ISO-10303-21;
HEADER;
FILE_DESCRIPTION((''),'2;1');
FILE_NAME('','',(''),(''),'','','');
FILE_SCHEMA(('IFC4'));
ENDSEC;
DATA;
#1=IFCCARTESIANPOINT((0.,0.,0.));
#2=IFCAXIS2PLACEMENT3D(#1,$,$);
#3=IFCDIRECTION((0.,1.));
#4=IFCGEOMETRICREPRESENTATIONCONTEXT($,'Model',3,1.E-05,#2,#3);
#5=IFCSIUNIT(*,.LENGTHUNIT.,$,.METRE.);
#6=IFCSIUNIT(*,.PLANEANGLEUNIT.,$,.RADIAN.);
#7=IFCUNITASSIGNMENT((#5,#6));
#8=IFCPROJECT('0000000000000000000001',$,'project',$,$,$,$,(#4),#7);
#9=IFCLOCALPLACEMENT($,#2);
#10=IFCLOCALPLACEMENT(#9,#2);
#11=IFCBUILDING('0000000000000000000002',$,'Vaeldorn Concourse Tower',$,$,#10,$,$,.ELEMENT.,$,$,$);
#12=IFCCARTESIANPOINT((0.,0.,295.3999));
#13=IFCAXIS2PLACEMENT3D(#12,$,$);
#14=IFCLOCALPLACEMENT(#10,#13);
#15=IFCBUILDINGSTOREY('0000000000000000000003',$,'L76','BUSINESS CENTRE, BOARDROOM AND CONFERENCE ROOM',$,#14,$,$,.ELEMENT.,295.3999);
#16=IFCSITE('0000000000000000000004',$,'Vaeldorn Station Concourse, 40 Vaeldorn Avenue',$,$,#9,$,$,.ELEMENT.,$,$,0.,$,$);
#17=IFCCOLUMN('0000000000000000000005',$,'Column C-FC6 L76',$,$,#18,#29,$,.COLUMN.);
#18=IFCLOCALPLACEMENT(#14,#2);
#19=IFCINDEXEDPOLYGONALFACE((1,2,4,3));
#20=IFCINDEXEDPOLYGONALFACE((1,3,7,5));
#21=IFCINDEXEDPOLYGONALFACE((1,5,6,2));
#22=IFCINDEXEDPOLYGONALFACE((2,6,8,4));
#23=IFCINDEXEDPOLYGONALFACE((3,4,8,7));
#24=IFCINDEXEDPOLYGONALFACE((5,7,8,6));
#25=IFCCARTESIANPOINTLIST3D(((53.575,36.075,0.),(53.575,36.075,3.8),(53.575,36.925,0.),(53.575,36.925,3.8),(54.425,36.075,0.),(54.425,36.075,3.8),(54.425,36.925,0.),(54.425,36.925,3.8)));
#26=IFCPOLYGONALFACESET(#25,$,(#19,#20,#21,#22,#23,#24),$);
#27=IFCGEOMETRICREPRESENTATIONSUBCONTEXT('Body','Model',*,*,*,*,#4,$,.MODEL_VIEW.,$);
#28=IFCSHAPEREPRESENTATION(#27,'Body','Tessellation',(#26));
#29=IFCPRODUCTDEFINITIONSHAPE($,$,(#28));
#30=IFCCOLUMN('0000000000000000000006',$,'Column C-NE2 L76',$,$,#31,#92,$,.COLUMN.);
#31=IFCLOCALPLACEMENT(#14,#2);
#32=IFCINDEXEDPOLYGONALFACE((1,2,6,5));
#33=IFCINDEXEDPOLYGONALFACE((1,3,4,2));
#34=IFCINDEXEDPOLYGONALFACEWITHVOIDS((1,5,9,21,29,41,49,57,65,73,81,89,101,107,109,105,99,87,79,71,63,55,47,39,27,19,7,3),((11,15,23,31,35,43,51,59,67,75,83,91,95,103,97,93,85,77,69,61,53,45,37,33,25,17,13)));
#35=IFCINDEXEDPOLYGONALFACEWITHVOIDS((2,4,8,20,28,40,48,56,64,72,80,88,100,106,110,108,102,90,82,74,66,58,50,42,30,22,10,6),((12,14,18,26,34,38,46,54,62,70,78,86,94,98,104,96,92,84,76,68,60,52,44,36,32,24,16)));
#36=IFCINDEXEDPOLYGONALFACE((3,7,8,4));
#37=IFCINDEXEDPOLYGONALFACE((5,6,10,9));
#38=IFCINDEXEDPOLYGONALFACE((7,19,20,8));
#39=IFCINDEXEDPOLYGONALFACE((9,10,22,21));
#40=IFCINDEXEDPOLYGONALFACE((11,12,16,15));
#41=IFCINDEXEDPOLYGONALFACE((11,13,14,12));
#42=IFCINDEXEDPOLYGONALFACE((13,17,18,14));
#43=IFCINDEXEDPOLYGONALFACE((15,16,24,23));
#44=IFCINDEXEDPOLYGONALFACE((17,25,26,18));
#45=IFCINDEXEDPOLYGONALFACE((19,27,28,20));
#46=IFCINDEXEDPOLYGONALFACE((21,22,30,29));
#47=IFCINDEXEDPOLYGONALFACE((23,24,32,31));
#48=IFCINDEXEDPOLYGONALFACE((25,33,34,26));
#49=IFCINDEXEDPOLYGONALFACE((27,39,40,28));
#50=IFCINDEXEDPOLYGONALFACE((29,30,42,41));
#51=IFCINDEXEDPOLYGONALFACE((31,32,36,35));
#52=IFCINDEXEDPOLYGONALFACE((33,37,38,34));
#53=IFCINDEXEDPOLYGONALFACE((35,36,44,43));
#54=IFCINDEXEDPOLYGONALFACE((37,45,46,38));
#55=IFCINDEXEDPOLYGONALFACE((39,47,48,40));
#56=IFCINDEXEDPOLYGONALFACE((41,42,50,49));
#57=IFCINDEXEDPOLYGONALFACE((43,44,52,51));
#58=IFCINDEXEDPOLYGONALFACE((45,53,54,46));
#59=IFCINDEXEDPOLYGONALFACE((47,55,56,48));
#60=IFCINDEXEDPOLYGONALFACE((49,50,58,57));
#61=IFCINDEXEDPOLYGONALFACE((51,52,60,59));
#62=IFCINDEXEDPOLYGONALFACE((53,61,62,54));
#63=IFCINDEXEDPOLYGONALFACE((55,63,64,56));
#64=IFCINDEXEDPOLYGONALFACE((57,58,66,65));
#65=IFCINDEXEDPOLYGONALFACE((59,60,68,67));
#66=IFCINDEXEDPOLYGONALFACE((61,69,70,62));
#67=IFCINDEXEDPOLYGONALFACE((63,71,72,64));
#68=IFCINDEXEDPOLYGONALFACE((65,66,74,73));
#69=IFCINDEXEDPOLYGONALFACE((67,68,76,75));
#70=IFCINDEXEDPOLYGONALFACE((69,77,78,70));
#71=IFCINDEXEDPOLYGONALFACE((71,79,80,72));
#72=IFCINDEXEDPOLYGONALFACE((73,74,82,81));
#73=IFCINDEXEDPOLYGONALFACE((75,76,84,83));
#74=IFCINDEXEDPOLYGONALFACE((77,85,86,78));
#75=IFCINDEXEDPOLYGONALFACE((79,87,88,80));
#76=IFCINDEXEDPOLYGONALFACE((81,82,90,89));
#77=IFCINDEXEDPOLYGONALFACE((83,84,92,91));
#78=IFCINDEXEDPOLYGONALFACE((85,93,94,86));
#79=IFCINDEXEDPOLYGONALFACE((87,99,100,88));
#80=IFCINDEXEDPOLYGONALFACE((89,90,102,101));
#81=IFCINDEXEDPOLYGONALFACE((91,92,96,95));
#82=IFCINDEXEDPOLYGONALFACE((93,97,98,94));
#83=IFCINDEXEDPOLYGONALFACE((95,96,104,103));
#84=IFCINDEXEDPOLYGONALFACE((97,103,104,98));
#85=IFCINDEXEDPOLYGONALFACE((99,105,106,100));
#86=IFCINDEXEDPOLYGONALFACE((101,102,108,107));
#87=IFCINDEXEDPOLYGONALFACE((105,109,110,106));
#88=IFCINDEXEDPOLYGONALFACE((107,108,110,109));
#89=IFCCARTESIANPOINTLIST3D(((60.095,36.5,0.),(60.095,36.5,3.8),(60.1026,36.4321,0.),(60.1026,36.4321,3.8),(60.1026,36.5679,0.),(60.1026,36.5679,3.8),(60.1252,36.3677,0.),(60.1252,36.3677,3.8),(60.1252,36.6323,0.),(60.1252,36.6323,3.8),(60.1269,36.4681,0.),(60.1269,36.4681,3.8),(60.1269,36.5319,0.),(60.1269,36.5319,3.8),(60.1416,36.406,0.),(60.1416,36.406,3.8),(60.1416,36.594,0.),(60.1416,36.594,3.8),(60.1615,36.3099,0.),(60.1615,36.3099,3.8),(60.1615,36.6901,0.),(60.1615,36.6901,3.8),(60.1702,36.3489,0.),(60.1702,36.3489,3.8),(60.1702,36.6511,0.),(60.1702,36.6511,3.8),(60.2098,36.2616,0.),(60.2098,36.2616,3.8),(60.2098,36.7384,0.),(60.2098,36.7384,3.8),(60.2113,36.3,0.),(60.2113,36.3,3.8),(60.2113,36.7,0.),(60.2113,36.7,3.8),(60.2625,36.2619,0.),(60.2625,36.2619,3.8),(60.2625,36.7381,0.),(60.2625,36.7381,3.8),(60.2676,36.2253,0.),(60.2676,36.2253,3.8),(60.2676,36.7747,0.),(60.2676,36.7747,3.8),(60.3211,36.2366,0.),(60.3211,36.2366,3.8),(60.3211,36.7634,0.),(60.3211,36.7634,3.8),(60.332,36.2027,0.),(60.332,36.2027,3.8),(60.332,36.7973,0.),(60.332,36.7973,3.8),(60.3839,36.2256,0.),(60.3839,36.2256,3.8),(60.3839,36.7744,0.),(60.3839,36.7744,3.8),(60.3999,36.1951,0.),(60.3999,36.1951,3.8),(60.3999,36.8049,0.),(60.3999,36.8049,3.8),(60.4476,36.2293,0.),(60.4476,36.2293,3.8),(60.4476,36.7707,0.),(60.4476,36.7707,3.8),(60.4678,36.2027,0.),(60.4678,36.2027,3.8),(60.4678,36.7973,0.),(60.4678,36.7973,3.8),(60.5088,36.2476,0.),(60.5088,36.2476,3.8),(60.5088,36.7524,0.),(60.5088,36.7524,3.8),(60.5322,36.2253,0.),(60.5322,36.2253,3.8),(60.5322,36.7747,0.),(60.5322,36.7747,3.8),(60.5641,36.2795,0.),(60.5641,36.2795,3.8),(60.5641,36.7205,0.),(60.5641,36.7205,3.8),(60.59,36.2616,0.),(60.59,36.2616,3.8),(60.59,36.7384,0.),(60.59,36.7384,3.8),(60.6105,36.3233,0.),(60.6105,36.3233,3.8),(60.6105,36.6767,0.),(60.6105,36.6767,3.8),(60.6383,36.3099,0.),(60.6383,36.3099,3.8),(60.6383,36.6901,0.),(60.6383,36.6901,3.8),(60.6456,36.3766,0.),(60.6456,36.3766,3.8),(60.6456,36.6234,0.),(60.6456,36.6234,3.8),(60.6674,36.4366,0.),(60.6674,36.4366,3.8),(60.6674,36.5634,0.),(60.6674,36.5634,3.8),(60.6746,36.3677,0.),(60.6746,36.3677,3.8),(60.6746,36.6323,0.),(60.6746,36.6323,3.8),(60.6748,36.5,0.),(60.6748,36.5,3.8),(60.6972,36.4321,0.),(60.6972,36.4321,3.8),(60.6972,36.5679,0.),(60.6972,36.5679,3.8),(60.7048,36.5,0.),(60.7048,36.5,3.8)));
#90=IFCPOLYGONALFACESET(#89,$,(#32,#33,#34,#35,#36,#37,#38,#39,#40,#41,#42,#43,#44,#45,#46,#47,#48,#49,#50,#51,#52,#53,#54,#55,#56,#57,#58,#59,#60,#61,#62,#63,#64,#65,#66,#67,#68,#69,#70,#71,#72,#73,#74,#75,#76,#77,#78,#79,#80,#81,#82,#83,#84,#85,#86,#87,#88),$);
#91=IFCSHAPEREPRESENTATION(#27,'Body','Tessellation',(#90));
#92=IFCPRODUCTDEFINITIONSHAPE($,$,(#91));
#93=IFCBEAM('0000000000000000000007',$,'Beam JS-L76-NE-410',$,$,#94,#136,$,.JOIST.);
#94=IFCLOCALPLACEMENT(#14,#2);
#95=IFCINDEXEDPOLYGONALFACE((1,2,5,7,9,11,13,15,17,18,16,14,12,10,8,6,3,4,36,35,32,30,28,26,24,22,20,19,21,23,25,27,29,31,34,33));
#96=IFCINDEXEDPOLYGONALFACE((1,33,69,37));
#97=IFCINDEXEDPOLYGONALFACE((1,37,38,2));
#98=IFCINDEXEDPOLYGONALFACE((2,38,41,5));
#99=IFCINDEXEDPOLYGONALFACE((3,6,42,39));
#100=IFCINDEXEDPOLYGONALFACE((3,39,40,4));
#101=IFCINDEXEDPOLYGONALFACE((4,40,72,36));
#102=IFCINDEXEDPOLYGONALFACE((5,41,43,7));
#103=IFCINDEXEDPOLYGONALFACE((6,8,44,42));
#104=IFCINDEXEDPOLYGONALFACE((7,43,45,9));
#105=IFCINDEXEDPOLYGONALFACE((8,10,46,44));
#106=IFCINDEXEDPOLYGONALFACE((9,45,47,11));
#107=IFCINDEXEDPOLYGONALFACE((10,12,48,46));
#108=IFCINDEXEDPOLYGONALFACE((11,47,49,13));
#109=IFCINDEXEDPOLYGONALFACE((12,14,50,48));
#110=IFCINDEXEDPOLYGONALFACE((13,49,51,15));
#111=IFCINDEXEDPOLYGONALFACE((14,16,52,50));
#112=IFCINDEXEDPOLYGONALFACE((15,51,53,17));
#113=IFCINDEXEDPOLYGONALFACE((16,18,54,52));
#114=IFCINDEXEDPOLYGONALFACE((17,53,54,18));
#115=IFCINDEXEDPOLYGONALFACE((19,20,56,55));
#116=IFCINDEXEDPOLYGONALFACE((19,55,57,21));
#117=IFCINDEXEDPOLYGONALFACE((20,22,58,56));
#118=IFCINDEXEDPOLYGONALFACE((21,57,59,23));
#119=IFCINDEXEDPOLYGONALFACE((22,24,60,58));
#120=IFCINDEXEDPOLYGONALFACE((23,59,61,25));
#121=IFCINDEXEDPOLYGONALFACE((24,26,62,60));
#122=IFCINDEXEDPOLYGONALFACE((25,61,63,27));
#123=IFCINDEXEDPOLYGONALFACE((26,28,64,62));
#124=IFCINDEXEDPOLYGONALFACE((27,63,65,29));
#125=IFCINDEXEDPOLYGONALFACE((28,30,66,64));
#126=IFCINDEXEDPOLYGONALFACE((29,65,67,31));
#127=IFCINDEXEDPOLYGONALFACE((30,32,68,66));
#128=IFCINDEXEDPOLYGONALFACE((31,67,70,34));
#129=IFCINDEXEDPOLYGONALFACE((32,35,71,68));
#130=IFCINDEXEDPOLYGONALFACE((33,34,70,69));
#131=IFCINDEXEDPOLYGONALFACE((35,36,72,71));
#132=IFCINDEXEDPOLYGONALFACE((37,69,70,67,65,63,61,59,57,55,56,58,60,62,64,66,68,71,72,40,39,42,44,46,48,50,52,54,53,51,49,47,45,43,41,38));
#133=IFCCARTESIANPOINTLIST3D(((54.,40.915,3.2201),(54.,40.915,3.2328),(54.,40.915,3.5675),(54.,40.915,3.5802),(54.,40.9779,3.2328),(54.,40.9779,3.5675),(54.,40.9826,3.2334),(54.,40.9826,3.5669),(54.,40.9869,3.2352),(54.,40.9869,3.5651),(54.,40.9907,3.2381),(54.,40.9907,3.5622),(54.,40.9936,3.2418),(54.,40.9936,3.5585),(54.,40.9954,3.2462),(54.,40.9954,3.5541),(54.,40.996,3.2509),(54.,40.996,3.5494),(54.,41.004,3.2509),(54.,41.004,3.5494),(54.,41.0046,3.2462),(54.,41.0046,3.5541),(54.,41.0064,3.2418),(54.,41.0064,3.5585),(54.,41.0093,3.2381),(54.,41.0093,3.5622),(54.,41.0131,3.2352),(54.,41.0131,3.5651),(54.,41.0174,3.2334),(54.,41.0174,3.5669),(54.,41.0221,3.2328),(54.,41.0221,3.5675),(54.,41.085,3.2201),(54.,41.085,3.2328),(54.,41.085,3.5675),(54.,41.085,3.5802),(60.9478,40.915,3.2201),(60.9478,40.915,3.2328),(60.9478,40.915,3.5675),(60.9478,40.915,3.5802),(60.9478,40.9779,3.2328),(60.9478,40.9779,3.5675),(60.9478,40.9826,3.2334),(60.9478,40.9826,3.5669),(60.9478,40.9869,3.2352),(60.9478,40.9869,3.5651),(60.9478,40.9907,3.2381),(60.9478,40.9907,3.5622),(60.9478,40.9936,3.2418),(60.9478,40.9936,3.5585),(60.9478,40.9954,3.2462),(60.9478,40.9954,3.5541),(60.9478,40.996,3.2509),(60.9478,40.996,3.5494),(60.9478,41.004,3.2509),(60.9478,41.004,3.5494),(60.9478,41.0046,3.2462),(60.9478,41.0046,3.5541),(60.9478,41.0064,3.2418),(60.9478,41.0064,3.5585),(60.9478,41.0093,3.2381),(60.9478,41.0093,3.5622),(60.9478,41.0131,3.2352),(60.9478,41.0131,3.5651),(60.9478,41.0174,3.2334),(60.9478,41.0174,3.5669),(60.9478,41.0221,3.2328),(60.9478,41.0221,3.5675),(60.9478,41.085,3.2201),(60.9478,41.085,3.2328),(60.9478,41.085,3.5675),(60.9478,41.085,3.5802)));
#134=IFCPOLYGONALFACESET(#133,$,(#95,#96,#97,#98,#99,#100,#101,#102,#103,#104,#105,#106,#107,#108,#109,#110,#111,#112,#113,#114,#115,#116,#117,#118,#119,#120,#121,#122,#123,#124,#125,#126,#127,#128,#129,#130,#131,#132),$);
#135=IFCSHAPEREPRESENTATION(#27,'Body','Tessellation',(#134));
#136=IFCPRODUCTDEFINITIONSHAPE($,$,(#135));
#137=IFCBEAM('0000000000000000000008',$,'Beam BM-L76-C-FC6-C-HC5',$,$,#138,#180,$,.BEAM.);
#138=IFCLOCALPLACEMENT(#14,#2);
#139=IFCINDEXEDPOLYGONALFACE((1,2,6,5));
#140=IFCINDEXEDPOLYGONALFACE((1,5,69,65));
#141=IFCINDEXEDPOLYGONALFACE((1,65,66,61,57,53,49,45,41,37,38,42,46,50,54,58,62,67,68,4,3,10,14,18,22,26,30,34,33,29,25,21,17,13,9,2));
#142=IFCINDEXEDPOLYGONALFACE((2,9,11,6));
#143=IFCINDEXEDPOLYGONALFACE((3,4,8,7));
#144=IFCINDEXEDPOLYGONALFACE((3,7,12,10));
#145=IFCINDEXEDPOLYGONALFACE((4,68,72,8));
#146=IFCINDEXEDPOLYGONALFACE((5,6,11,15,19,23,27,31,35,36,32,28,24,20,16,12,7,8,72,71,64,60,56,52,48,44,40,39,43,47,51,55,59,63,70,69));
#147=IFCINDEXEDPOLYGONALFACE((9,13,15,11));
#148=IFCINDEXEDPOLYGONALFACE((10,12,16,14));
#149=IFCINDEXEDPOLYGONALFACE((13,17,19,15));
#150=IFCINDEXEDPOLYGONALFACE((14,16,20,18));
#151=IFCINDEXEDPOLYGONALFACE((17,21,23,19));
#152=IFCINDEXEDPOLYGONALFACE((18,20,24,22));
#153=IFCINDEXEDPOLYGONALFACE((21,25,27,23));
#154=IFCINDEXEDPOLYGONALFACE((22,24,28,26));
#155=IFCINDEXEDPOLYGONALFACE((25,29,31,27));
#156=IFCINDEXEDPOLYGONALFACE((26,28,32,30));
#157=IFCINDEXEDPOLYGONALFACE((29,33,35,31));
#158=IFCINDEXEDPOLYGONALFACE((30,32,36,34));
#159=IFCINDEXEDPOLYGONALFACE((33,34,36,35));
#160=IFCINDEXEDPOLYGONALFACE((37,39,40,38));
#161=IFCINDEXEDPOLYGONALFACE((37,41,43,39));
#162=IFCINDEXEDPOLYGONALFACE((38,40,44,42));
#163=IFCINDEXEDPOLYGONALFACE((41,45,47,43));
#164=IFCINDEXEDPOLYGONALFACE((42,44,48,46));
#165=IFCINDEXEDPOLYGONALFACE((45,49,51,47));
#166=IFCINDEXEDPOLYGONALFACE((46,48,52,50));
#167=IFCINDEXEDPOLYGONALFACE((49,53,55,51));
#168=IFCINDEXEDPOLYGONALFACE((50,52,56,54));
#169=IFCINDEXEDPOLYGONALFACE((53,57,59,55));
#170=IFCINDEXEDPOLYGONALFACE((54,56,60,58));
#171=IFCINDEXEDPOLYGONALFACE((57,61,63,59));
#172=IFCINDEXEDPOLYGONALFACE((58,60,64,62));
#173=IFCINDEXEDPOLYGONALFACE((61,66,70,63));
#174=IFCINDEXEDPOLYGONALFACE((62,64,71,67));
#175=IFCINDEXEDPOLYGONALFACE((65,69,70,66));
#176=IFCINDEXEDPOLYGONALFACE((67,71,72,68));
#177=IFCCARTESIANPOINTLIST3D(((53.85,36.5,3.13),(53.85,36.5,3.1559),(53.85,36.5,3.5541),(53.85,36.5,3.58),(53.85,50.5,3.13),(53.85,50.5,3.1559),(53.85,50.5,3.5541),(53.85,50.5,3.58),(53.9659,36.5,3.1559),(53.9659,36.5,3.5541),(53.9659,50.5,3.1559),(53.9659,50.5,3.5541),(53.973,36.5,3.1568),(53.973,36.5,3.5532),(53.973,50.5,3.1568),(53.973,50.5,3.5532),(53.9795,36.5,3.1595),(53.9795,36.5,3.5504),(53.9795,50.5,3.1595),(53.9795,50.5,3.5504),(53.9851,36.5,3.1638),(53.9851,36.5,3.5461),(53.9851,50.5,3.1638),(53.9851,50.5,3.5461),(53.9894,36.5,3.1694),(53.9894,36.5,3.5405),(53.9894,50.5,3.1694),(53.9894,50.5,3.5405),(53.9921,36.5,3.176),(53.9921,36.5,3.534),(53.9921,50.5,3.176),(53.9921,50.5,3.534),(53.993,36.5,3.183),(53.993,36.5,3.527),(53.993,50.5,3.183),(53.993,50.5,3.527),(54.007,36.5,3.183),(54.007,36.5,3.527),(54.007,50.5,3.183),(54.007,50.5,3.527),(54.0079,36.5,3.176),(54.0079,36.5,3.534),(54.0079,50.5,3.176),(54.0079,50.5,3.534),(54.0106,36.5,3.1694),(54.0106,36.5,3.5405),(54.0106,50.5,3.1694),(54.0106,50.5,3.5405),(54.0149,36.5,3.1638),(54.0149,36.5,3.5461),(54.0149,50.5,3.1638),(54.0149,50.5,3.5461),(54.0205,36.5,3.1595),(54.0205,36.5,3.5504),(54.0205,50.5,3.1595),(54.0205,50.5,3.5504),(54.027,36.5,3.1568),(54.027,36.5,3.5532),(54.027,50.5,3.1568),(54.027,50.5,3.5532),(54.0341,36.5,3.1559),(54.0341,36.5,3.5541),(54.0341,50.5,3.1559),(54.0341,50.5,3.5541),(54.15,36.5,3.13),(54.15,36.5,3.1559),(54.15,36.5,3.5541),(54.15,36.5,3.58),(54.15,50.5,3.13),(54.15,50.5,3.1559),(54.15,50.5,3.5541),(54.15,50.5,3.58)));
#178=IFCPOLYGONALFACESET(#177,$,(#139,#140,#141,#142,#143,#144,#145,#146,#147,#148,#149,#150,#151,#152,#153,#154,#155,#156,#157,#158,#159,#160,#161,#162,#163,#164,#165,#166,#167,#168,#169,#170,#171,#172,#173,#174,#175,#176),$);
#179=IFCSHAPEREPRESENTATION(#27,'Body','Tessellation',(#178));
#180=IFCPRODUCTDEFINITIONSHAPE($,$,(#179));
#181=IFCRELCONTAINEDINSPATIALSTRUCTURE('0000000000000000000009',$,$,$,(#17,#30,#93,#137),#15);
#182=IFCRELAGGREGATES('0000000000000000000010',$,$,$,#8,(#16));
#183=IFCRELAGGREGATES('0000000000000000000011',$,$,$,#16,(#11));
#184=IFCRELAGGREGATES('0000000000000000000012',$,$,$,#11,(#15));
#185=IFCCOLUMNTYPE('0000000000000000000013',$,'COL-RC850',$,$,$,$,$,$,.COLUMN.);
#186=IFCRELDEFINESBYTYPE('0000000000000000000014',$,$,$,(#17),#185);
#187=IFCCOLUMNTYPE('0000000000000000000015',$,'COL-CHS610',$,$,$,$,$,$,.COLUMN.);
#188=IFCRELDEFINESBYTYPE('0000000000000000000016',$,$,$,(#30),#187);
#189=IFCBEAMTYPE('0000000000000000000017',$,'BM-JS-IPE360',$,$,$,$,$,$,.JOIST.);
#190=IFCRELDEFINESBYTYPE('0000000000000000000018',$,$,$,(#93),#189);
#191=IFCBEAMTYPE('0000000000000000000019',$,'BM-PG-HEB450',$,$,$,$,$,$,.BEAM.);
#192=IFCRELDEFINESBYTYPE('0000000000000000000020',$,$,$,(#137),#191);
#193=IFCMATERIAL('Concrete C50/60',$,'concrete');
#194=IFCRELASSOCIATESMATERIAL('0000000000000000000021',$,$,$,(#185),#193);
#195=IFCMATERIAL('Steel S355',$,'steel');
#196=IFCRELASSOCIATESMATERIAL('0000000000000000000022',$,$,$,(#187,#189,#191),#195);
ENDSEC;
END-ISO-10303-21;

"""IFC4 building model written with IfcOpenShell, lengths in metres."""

from ifc_helpers import new_model, si_unit, direction, frame, origin, origin_2d, place, context, subcontext, project, spatial, rectangle, hollow_circle, i_section, extrude, source, transform, mapped, material, material_profile, profile_set, type_object, element, save


model = new_model("IFC4")

# Units and contexts
model_context = context("Model", 3, precision=1e-05, world=origin(), true_north=direction((0.0, 1.0)))
body_context = subcontext(model_context, "Body", "Model", "MODEL_VIEW")
ifc_project = project(units=[si_unit("LENGTHUNIT", "METRE"), si_unit("PLANEANGLEUNIT", "RADIAN")], contexts=[model_context])

# Site, building, storey
site_placement = place(None, origin())
site = spatial("IfcSite", under=ifc_project, at=site_placement, Name="Vaeldorn Station Concourse, 40 Vaeldorn Avenue", CompositionType="ELEMENT", RefElevation=0.0)
building_placement = place(site_placement, origin())
building = spatial("IfcBuilding", under=site, at=building_placement, Name="Vaeldorn Concourse Tower", CompositionType="ELEMENT")
storey_placement = place(building_placement, frame((0.0, 0.0, 295.3999)))
storey = spatial("IfcBuildingStorey", under=building, at=storey_placement, Name="L76", Description="BUSINESS CENTRE, BOARDROOM AND CONFERENCE ROOM", CompositionType="ELEMENT", Elevation=295.3999)

# Columns
ifc_material_1 = material(Name="Concrete C50/60", Category="concrete")
ifc_material_profile_1 = material_profile(ifc_material_1, rectangle(XDim=0.8501, YDim=0.8501, at=origin_2d()), Name="RC 850x850")
ifc_profile_set_1 = profile_set([ifc_material_profile_1], Name="Concrete C50/60")
column_type_1 = type_object("IfcColumnType", Name="COL-RC850", PredefinedType="COLUMN", material=ifc_profile_set_1)
shared_shape_1 = source(origin(), body_context, "Body", "SweptSolid", [
    extrude(rectangle(XDim=0.8501, YDim=0.8501, at=origin_2d()), origin(), (0.0, 0.0, 1.0), 3.8),
])
column_1_placement = place(storey_placement, frame((54.0, 36.5, 0.0), z_axis=(0.0, 0.0, 1.0), x_axis=(1.0, 0.0, 0.0)))
element("IfcColumn", 1, at=column_1_placement, inside=storey, type_object=column_type_1, Name="Column C-FC6 L76", PredefinedType="COLUMN", context=body_context, shape_type="MappedRepresentation", body=[
    mapped(shared_shape_1, transform((0.0, 0.0, 0.0), scale=1.0)),
])
ifc_material_2 = material(Name="Steel S355", Category="steel")
ifc_material_profile_2 = material_profile(ifc_material_2, hollow_circle(Radius=0.3049, WallThickness=0.03, at=origin_2d()), Name="CHS 610x30")
ifc_profile_set_2 = profile_set([ifc_material_profile_2], Name="Steel S355")
column_type_2 = type_object("IfcColumnType", Name="COL-CHS610", PredefinedType="COLUMN", material=ifc_profile_set_2)
shared_shape_2 = source(origin(), body_context, "Body", "SweptSolid", [
    extrude(hollow_circle(Radius=0.3049, WallThickness=0.03, at=origin_2d()), origin(), (0.0, 0.0, 1.0), 3.8),
])
column_2_placement = place(storey_placement, frame((60.3999, 36.5, 0.0), z_axis=(0.0, 0.0, 1.0), x_axis=(1.0, 0.0, 0.0)))
element("IfcColumn", 2, at=column_2_placement, inside=storey, type_object=column_type_2, Name="Column C-NE2 L76", PredefinedType="COLUMN", context=body_context, shape_type="MappedRepresentation", body=[
    mapped(shared_shape_2, transform((0.0, 0.0, 0.0), scale=1.0)),
])

# Beams
ifc_material_profile_3 = material_profile(ifc_material_2, i_section(OverallWidth=0.1699, OverallDepth=0.3601, WebThickness=0.0081, FlangeThickness=0.0127, FilletRadius=0.0181, at=origin_2d()), Name="IPE 360")
ifc_profile_set_3 = profile_set([ifc_material_profile_3], Name="Steel S355")
beam_type_1 = type_object("IfcBeamType", Name="BM-JS-IPE360", PredefinedType="JOIST", material=ifc_profile_set_3)
shared_shape_3 = source(origin(), body_context, "Body", "SweptSolid", [
    extrude(i_section(OverallWidth=0.1699, OverallDepth=0.3601, WebThickness=0.0081, FlangeThickness=0.0127, FilletRadius=0.0181, at=origin_2d()), origin(), (0.0, 0.0, 1.0), 6.9478),
])
beam_1_placement = place(storey_placement, frame((54.0, 41.0, 3.4001), z_axis=(1.0, 0.0, 0.0), x_axis=(0.0, 1.0, 0.0)))
element("IfcBeam", 3, at=beam_1_placement, inside=storey, type_object=beam_type_1, Name="Beam JS-L76-NE-410", PredefinedType="JOIST", context=body_context, shape_type="MappedRepresentation", body=[
    mapped(shared_shape_3, transform((0.0, 0.0, 0.0), scale=1.0)),
])
ifc_material_profile_4 = material_profile(ifc_material_2, i_section(OverallWidth=0.3, OverallDepth=0.45, WebThickness=0.0139, FlangeThickness=0.0259, FilletRadius=0.0271, at=origin_2d()), Name="HEB 450")
ifc_profile_set_4 = profile_set([ifc_material_profile_4], Name="Steel S355")
beam_type_2 = type_object("IfcBeamType", Name="BM-PG-HEB450", PredefinedType="BEAM", material=ifc_profile_set_4)
shared_shape_4 = source(origin(), body_context, "Body", "SweptSolid", [
    extrude(i_section(OverallWidth=0.3, OverallDepth=0.45, WebThickness=0.0139, FlangeThickness=0.0259, FilletRadius=0.0271, at=origin_2d()), origin(), (0.0, 0.0, 1.0), 14.0),
])
beam_2_placement = place(storey_placement, frame((54.0, 36.5, 3.355), z_axis=(0.0, 1.0, 0.0), x_axis=(-1.0, 0.0, 0.0)))
element("IfcBeam", 4, at=beam_2_placement, inside=storey, type_object=beam_type_2, Name="Beam BM-L76-C-FC6-C-HC5", PredefinedType="BEAM", context=body_context, shape_type="MappedRepresentation", body=[
    mapped(shared_shape_4, transform((0.0, 0.0, 0.0), scale=1.0)),
])

save(model, "model.ifc")
